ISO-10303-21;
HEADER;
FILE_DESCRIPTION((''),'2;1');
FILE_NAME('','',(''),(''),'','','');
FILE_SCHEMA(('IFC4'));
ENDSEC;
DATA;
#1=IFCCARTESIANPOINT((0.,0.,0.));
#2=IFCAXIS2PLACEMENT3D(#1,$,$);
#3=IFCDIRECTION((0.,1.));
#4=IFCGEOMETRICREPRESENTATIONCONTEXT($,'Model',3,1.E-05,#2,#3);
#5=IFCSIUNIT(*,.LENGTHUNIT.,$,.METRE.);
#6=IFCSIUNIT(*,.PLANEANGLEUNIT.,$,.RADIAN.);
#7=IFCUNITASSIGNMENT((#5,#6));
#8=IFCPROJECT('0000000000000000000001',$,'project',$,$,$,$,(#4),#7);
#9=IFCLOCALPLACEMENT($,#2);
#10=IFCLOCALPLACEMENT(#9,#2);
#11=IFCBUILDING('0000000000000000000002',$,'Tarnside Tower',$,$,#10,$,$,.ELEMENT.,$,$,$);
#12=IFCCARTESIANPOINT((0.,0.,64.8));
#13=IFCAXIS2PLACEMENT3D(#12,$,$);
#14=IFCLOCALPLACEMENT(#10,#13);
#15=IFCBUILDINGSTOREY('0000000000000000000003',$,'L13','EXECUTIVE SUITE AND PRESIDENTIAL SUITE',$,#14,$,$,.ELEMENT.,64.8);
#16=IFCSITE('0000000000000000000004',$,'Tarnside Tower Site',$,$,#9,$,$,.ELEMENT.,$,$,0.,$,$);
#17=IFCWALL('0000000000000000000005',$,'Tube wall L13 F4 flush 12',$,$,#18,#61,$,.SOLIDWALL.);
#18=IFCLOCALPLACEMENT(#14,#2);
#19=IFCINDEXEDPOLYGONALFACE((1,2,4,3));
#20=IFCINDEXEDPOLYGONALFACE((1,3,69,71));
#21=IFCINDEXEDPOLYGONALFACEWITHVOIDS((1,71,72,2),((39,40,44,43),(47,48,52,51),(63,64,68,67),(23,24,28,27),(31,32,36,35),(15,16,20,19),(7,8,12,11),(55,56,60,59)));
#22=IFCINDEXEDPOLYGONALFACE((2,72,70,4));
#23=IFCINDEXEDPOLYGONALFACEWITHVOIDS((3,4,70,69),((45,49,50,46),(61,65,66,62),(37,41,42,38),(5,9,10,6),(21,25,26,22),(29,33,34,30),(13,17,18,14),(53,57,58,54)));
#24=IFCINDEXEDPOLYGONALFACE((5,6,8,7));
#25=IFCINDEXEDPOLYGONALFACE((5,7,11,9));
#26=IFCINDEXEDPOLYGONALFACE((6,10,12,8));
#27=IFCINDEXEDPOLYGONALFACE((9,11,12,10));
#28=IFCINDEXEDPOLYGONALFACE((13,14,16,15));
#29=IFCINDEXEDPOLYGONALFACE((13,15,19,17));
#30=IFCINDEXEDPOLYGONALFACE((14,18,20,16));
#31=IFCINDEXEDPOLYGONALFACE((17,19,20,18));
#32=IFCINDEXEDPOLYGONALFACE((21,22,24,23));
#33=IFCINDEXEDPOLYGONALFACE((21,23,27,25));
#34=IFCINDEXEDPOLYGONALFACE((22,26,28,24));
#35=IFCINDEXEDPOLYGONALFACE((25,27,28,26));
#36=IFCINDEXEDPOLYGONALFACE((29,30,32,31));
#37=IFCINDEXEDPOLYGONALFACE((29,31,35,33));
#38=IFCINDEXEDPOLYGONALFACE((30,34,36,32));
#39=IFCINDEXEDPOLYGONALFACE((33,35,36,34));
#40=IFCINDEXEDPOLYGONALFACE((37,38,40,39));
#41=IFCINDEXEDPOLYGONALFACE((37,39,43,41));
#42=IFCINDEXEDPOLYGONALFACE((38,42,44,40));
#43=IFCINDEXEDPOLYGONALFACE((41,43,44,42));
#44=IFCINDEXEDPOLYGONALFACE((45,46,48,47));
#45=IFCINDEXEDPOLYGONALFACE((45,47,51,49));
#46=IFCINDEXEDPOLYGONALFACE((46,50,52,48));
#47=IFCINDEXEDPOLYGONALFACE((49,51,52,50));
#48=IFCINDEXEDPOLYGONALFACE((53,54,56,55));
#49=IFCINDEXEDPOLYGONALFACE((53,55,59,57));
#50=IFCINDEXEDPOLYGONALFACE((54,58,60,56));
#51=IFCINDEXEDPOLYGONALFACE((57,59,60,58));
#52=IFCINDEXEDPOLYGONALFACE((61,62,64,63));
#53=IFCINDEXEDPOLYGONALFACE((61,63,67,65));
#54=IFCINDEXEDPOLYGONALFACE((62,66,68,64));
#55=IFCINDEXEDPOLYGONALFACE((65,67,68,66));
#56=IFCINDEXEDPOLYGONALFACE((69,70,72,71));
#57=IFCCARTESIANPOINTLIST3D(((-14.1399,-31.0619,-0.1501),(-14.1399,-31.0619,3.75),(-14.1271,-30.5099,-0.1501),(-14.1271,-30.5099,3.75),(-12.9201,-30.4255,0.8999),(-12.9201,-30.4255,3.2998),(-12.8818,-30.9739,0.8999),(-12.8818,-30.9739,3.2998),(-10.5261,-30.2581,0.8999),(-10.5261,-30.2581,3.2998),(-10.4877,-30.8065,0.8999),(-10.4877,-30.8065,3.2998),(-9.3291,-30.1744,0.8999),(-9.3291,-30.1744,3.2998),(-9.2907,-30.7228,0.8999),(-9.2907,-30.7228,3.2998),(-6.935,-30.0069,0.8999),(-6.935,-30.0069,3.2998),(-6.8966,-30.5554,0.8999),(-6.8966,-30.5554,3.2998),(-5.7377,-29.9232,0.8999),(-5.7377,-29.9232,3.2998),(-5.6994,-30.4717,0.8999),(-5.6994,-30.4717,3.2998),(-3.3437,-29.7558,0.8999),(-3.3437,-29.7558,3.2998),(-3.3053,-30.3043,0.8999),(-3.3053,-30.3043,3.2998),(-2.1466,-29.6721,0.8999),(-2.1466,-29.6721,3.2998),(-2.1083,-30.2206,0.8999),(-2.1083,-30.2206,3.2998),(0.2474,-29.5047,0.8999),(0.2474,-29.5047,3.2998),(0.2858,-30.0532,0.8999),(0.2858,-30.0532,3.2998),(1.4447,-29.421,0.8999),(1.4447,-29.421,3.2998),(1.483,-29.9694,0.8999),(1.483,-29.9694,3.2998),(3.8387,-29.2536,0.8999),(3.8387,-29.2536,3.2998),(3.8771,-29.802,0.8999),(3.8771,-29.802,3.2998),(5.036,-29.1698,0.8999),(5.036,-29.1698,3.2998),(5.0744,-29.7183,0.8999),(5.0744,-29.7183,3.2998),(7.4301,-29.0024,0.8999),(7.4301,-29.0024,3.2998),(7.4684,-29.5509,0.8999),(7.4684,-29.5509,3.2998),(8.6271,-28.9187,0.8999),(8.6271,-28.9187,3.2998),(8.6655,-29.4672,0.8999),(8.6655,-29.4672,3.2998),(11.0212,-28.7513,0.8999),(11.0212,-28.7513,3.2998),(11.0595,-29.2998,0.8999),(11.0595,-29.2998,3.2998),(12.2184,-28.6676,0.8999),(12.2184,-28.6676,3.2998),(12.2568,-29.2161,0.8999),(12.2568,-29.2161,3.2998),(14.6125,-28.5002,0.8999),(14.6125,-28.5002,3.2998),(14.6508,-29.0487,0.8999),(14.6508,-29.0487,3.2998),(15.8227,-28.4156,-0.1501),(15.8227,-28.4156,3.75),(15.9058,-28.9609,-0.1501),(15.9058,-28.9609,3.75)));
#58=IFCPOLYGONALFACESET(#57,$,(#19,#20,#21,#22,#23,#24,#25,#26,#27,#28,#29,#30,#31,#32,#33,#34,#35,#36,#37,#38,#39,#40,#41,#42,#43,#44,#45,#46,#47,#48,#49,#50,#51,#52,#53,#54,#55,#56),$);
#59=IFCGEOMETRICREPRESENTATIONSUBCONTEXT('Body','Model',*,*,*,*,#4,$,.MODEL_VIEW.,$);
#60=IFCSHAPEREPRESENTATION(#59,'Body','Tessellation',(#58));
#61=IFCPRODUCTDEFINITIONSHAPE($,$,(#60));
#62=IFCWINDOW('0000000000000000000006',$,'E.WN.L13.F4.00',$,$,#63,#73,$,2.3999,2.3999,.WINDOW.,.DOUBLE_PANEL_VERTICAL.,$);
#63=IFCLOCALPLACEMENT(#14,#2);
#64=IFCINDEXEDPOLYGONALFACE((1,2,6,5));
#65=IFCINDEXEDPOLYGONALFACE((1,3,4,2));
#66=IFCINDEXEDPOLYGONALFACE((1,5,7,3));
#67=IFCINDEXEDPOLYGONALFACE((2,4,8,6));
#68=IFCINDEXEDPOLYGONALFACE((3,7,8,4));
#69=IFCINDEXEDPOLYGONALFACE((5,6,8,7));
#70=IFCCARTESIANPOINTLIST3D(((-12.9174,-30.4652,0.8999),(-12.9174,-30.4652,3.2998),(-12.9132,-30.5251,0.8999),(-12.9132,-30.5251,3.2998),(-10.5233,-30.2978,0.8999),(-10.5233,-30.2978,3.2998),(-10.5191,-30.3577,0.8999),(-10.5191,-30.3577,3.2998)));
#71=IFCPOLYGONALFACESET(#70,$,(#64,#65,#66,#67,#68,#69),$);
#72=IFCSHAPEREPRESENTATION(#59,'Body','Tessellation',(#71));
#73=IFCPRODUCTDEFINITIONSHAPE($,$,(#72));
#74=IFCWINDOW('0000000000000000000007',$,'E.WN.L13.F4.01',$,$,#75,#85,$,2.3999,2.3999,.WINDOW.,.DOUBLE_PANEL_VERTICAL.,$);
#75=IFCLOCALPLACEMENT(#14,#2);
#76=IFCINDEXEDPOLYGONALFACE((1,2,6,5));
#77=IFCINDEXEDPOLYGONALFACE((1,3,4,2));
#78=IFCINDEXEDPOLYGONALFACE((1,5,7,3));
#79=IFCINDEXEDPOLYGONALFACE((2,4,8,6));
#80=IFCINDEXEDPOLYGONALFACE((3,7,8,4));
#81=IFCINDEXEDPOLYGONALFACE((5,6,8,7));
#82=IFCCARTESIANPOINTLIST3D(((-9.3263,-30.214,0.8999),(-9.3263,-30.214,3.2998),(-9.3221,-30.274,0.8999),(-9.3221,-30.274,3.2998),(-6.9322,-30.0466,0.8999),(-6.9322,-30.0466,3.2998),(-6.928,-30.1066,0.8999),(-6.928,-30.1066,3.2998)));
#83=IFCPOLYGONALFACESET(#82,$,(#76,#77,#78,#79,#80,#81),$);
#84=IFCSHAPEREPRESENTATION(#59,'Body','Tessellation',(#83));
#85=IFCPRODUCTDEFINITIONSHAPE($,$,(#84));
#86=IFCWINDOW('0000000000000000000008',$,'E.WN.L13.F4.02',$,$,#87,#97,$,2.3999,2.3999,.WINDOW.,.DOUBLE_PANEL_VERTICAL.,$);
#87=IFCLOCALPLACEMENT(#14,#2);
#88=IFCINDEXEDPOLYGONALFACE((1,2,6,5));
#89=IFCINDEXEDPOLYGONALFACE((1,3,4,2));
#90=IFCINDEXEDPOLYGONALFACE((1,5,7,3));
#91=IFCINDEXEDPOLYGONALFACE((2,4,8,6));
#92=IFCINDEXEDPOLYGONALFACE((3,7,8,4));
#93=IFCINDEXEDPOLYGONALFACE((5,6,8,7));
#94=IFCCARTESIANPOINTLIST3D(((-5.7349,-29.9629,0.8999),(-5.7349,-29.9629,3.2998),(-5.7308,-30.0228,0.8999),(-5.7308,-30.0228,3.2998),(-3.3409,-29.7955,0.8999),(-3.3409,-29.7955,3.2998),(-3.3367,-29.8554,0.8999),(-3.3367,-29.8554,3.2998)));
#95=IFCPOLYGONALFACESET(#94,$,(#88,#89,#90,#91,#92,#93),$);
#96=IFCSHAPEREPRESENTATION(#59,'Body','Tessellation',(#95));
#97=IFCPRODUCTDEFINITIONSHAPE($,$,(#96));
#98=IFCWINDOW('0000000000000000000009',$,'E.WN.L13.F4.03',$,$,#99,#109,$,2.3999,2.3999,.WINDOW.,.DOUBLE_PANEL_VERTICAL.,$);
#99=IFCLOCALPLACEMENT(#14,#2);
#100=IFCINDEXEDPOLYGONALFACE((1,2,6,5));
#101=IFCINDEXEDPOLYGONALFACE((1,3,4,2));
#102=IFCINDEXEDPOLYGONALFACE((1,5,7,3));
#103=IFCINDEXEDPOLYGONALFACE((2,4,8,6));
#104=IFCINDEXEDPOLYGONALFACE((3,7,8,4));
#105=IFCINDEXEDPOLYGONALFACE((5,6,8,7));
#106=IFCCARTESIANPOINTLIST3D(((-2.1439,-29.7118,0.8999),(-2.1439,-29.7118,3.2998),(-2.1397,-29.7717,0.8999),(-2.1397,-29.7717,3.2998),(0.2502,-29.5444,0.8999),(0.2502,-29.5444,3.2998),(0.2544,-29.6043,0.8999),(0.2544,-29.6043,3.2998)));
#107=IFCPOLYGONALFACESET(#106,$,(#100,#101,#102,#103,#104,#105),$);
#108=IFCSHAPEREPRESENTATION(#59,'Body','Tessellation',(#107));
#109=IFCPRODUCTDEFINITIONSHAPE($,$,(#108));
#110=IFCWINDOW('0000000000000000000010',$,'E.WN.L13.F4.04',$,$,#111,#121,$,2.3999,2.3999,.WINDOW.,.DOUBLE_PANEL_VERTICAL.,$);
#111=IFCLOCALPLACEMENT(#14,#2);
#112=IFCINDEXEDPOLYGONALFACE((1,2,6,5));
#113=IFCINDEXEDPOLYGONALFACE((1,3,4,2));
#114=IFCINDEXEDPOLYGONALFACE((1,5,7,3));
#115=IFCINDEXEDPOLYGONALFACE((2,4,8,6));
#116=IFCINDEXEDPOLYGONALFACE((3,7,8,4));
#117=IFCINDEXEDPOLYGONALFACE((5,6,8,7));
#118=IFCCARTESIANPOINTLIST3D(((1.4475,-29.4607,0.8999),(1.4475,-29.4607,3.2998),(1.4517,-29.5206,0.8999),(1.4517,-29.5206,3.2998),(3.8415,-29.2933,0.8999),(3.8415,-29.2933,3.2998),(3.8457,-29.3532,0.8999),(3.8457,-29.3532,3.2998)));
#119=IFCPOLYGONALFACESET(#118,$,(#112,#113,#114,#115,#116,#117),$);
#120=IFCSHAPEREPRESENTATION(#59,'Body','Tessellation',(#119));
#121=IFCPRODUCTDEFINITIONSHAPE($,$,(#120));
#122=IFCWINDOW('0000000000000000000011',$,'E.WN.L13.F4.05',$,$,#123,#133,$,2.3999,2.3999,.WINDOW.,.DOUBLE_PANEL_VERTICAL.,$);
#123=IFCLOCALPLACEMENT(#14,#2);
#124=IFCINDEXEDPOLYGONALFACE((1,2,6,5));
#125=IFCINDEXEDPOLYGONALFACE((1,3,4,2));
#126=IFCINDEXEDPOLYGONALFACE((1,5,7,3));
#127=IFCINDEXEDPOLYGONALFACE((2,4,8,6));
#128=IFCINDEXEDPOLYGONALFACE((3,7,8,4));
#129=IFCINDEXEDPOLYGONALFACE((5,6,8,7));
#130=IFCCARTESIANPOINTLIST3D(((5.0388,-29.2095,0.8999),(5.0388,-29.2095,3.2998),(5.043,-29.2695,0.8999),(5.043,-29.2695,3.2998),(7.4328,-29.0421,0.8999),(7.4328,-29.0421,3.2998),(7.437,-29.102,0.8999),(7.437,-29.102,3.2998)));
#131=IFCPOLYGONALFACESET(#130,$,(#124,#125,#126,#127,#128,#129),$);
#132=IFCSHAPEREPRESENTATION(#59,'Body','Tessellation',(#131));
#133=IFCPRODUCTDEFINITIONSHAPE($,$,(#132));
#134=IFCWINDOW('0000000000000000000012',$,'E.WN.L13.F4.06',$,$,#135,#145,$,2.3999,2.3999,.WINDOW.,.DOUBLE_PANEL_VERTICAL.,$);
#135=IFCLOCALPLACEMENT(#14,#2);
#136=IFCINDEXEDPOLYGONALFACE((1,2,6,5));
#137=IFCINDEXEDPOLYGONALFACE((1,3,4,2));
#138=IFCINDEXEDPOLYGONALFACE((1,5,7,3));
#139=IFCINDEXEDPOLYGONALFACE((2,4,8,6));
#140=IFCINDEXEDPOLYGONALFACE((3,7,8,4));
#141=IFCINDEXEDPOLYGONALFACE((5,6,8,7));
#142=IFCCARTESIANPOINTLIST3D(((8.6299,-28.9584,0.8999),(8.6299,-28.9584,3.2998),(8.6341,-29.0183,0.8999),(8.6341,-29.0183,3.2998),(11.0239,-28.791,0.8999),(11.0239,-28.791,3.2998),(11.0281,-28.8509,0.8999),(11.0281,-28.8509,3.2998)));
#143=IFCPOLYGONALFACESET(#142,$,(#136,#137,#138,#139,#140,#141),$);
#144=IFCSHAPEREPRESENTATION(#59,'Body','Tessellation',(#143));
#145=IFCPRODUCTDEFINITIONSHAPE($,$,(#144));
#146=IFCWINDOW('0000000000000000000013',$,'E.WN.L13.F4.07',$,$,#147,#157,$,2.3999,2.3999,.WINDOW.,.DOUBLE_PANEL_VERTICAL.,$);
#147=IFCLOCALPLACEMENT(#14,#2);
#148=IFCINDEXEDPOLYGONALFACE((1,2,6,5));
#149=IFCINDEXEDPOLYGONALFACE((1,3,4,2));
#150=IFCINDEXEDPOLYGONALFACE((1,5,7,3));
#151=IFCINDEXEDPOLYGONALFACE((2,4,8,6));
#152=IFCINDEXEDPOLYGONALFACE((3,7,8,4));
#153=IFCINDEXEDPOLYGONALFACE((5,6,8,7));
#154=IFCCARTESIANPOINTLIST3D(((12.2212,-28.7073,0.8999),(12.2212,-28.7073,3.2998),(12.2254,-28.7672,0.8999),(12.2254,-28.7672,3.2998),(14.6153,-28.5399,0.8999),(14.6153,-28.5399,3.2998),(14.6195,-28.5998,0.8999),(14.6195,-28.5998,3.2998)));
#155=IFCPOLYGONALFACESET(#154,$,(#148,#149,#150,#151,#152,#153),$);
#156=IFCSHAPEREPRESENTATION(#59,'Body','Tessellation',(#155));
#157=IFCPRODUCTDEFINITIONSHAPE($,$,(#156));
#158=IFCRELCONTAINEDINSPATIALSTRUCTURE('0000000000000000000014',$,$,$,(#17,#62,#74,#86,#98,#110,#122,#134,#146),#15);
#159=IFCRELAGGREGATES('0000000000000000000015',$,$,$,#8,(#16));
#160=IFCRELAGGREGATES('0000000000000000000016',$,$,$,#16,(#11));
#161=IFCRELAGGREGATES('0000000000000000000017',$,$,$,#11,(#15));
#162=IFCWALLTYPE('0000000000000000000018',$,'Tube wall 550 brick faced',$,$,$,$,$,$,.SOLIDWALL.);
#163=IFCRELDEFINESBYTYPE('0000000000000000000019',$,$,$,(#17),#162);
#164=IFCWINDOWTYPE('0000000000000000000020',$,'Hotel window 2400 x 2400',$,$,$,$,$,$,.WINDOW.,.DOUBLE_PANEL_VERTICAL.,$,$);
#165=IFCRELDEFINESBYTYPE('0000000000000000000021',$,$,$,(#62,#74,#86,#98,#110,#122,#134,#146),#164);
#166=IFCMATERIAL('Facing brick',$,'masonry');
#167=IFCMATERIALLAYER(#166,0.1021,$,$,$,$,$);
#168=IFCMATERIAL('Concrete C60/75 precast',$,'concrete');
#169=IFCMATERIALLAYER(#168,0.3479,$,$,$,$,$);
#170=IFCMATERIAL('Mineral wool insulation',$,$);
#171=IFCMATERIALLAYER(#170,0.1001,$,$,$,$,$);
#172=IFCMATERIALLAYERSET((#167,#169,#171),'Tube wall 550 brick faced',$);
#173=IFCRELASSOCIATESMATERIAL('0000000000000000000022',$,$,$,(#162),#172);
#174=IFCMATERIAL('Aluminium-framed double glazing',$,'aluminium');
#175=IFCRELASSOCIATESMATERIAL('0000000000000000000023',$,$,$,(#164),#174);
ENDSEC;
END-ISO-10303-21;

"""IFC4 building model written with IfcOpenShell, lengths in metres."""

from ifc_helpers import new_model, si_unit, direction, frame, frame_2d, origin, place, context, subcontext, project, spatial, polyline, rectangle, outline, extrude, material, layer, layer_set, type_object, element, fill, save


model = new_model("IFC4")

# Units and contexts
model_context = context("Model", 3, precision=1e-05, world=origin(), true_north=direction((0.0, 1.0)))
body_context = subcontext(model_context, "Body", "Model", "MODEL_VIEW")
ifc_project = project(units=[si_unit("LENGTHUNIT", "METRE"), si_unit("PLANEANGLEUNIT", "RADIAN")], contexts=[model_context])

# Site, building, storey
site_placement = place(None, origin())
site = spatial("IfcSite", under=ifc_project, at=site_placement, Name="Tarnside Tower Site", CompositionType="ELEMENT", RefElevation=0.0)
building_placement = place(site_placement, origin())
building = spatial("IfcBuilding", under=site, at=building_placement, Name="Tarnside Tower", CompositionType="ELEMENT")
storey_placement = place(building_placement, frame((0.0, 0.0, 64.8)))
storey = spatial("IfcBuildingStorey", under=building, at=storey_placement, Name="L13", Description="EXECUTIVE SUITE AND PRESIDENTIAL SUITE", CompositionType="ELEMENT", Elevation=64.8)

# Shared definitions
ifc_material_1 = material(Name="Facing brick", Category="masonry")
ifc_layer_1 = layer(ifc_material_1, 0.1021)
ifc_material_2 = material(Name="Concrete C60/75 precast", Category="concrete")
ifc_layer_2 = layer(ifc_material_2, 0.3479)
ifc_material_3 = material(Name="Mineral wool insulation")
ifc_layer_3 = layer(ifc_material_3, 0.1001)
ifc_layer_set_1 = layer_set([ifc_layer_1, ifc_layer_2, ifc_layer_3], Name="Tube wall 550 brick faced")
wall_type_1 = type_object("IfcWallType", Name="Tube wall 550 brick faced", PredefinedType="SOLIDWALL", material=ifc_layer_set_1)

# Wall, openings, windows
wall_1_placement = place(storey_placement, frame((-14.1335, -30.7859, -0.1501), z_axis=(0.0, 0.0, 1.0), x_axis=(0.997564, 0.069757, 0.0)))
wall_1 = element("IfcWall", 1, at=wall_1_placement, inside=storey, type_object=wall_type_1, Name="Tube wall L13 F4 flush 12", PredefinedType="SOLIDWALL", context=body_context, shape_type="SweptSolid", body=[
    extrude(outline(polyline([(-0.0256, -0.2749), (30.0935, -0.2749), (30.0486, 0.2749), (0.0256, 0.2749), (-0.0256, -0.2749)])), origin(), (0.0, 0.0, 1.0), 3.9001),
])
opening_1_placement = place(wall_1_placement, frame((1.2356, 0.0, 1.05)))
opening_1 = element("IfcOpeningElement", 2, at=opening_1_placement, cuts=wall_1, PredefinedType="OPENING", context=body_context, shape_type="SweptSolid", body=[
    extrude(rectangle(XDim=2.3999, YDim=2.3999, at=frame_2d((1.2, 1.2))), frame((0.0, 0.2852, 0.0), z_axis=(0.0, -1.0, 0.0), x_axis=(1.0, 0.0, 0.0)), (0.0, 0.0, 1.0), 0.5701),
])
opening_2_placement = place(wall_1_placement, frame((4.8354, 0.0, 1.05)))
opening_2 = element("IfcOpeningElement", 3, at=opening_2_placement, cuts=wall_1, PredefinedType="OPENING", context=body_context, shape_type="SweptSolid", body=[
    extrude(rectangle(XDim=2.3999, YDim=2.3999, at=frame_2d((1.2, 1.2))), frame((0.0, 0.2852, 0.0), z_axis=(0.0, -1.0, 0.0), x_axis=(1.0, 0.0, 0.0)), (0.0, 0.0, 1.0), 0.5701),
])
opening_3_placement = place(wall_1_placement, frame((8.4355, 0.0, 1.05)))
opening_3 = element("IfcOpeningElement", 4, at=opening_3_placement, cuts=wall_1, PredefinedType="OPENING", context=body_context, shape_type="SweptSolid", body=[
    extrude(rectangle(XDim=2.3999, YDim=2.3999, at=frame_2d((1.2, 1.2))), frame((0.0, 0.2852, 0.0), z_axis=(0.0, -1.0, 0.0), x_axis=(1.0, 0.0, 0.0)), (0.0, 0.0, 1.0), 0.5701),
])
opening_4_placement = place(wall_1_placement, frame((12.0354, 0.0, 1.05)))
opening_4 = element("IfcOpeningElement", 5, at=opening_4_placement, cuts=wall_1, PredefinedType="OPENING", context=body_context, shape_type="SweptSolid", body=[
    extrude(rectangle(XDim=2.3999, YDim=2.3999, at=frame_2d((1.2, 1.2))), frame((0.0, 0.2852, 0.0), z_axis=(0.0, -1.0, 0.0), x_axis=(1.0, 0.0, 0.0)), (0.0, 0.0, 1.0), 0.5701),
])
opening_5_placement = place(wall_1_placement, frame((15.6355, 0.0, 1.05)))
opening_5 = element("IfcOpeningElement", 6, at=opening_5_placement, cuts=wall_1, PredefinedType="OPENING", context=body_context, shape_type="SweptSolid", body=[
    extrude(rectangle(XDim=2.3999, YDim=2.3999, at=frame_2d((1.2, 1.2))), frame((0.0, 0.2852, 0.0), z_axis=(0.0, -1.0, 0.0), x_axis=(1.0, 0.0, 0.0)), (0.0, 0.0, 1.0), 0.5701),
])
opening_6_placement = place(wall_1_placement, frame((19.2356, 0.0, 1.05)))
opening_6 = element("IfcOpeningElement", 7, at=opening_6_placement, cuts=wall_1, PredefinedType="OPENING", context=body_context, shape_type="SweptSolid", body=[
    extrude(rectangle(XDim=2.3999, YDim=2.3999, at=frame_2d((1.2, 1.2))), frame((0.0, 0.2852, 0.0), z_axis=(0.0, -1.0, 0.0), x_axis=(1.0, 0.0, 0.0)), (0.0, 0.0, 1.0), 0.5701),
])
opening_7_placement = place(wall_1_placement, frame((22.8354, 0.0, 1.05)))
opening_7 = element("IfcOpeningElement", 8, at=opening_7_placement, cuts=wall_1, PredefinedType="OPENING", context=body_context, shape_type="SweptSolid", body=[
    extrude(rectangle(XDim=2.3999, YDim=2.3999, at=frame_2d((1.2, 1.2))), frame((0.0, 0.2852, 0.0), z_axis=(0.0, -1.0, 0.0), x_axis=(1.0, 0.0, 0.0)), (0.0, 0.0, 1.0), 0.5701),
])
opening_8_placement = place(wall_1_placement, frame((26.4355, 0.0, 1.05)))
opening_8 = element("IfcOpeningElement", 9, at=opening_8_placement, cuts=wall_1, PredefinedType="OPENING", context=body_context, shape_type="SweptSolid", body=[
    extrude(rectangle(XDim=2.3999, YDim=2.3999, at=frame_2d((1.2, 1.2))), frame((0.0, 0.2852, 0.0), z_axis=(0.0, -1.0, 0.0), x_axis=(1.0, 0.0, 0.0)), (0.0, 0.0, 1.0), 0.5701),
])
ifc_material_4 = material(Name="Aluminium-framed double glazing", Category="aluminium")
window_type = type_object("IfcWindowType", Name="Hotel window 2400 x 2400", PartitioningType="DOUBLE_PANEL_VERTICAL", PredefinedType="WINDOW", material=ifc_material_4)
window_1_placement = place(opening_1_placement, frame((0.0, 0.2051, 0.0)))
window_1 = element("IfcWindow", 10, at=window_1_placement, inside=storey, type_object=window_type, Name="E.WN.L13.F4.00", OverallHeight=2.3999, OverallWidth=2.3999, PartitioningType="DOUBLE_PANEL_VERTICAL", PredefinedType="WINDOW", context=body_context, shape_type="SweptSolid", body=[
    extrude(rectangle(XDim=2.3999, YDim=2.3999, at=frame_2d((1.2, 1.2))), frame((0.0, 0.03, 0.0), z_axis=(0.0, -1.0, 0.0), x_axis=(1.0, 0.0, 0.0)), (0.0, 0.0, 1.0), 0.0601),
])
fill(opening_1, window_1)
window_2_placement = place(opening_2_placement, frame((0.0, 0.2051, 0.0)))
window_2 = element("IfcWindow", 11, at=window_2_placement, inside=storey, type_object=window_type, Name="E.WN.L13.F4.01", OverallHeight=2.3999, OverallWidth=2.3999, PartitioningType="DOUBLE_PANEL_VERTICAL", PredefinedType="WINDOW", context=body_context, shape_type="SweptSolid", body=[
    extrude(rectangle(XDim=2.3999, YDim=2.3999, at=frame_2d((1.2, 1.2))), frame((0.0, 0.03, 0.0), z_axis=(0.0, -1.0, 0.0), x_axis=(1.0, 0.0, 0.0)), (0.0, 0.0, 1.0), 0.0601),
])
fill(opening_2, window_2)
window_3_placement = place(opening_3_placement, frame((0.0, 0.2051, 0.0)))
window_3 = element("IfcWindow", 12, at=window_3_placement, inside=storey, type_object=window_type, Name="E.WN.L13.F4.02", OverallHeight=2.3999, OverallWidth=2.3999, PartitioningType="DOUBLE_PANEL_VERTICAL", PredefinedType="WINDOW", context=body_context, shape_type="SweptSolid", body=[
    extrude(rectangle(XDim=2.3999, YDim=2.3999, at=frame_2d((1.2, 1.2))), frame((0.0, 0.03, 0.0), z_axis=(0.0, -1.0, 0.0), x_axis=(1.0, 0.0, 0.0)), (0.0, 0.0, 1.0), 0.0601),
])
fill(opening_3, window_3)
window_4_placement = place(opening_4_placement, frame((0.0, 0.2051, 0.0)))
window_4 = element("IfcWindow", 13, at=window_4_placement, inside=storey, type_object=window_type, Name="E.WN.L13.F4.03", OverallHeight=2.3999, OverallWidth=2.3999, PartitioningType="DOUBLE_PANEL_VERTICAL", PredefinedType="WINDOW", context=body_context, shape_type="SweptSolid", body=[
    extrude(rectangle(XDim=2.3999, YDim=2.3999, at=frame_2d((1.2, 1.2))), frame((0.0, 0.03, 0.0), z_axis=(0.0, -1.0, 0.0), x_axis=(1.0, 0.0, 0.0)), (0.0, 0.0, 1.0), 0.0601),
])
fill(opening_4, window_4)
window_5_placement = place(opening_5_placement, frame((0.0, 0.2051, 0.0)))
window_5 = element("IfcWindow", 14, at=window_5_placement, inside=storey, type_object=window_type, Name="E.WN.L13.F4.04", OverallHeight=2.3999, OverallWidth=2.3999, PartitioningType="DOUBLE_PANEL_VERTICAL", PredefinedType="WINDOW", context=body_context, shape_type="SweptSolid", body=[
    extrude(rectangle(XDim=2.3999, YDim=2.3999, at=frame_2d((1.2, 1.2))), frame((0.0, 0.03, 0.0), z_axis=(0.0, -1.0, 0.0), x_axis=(1.0, 0.0, 0.0)), (0.0, 0.0, 1.0), 0.0601),
])
fill(opening_5, window_5)
window_6_placement = place(opening_6_placement, frame((0.0, 0.2051, 0.0)))
window_6 = element("IfcWindow", 15, at=window_6_placement, inside=storey, type_object=window_type, Name="E.WN.L13.F4.05", OverallHeight=2.3999, OverallWidth=2.3999, PartitioningType="DOUBLE_PANEL_VERTICAL", PredefinedType="WINDOW", context=body_context, shape_type="SweptSolid", body=[
    extrude(rectangle(XDim=2.3999, YDim=2.3999, at=frame_2d((1.2, 1.2))), frame((0.0, 0.03, 0.0), z_axis=(0.0, -1.0, 0.0), x_axis=(1.0, 0.0, 0.0)), (0.0, 0.0, 1.0), 0.0601),
])
fill(opening_6, window_6)
window_7_placement = place(opening_7_placement, frame((0.0, 0.2051, 0.0)))
window_7 = element("IfcWindow", 16, at=window_7_placement, inside=storey, type_object=window_type, Name="E.WN.L13.F4.06", OverallHeight=2.3999, OverallWidth=2.3999, PartitioningType="DOUBLE_PANEL_VERTICAL", PredefinedType="WINDOW", context=body_context, shape_type="SweptSolid", body=[
    extrude(rectangle(XDim=2.3999, YDim=2.3999, at=frame_2d((1.2, 1.2))), frame((0.0, 0.03, 0.0), z_axis=(0.0, -1.0, 0.0), x_axis=(1.0, 0.0, 0.0)), (0.0, 0.0, 1.0), 0.0601),
])
fill(opening_7, window_7)
window_8_placement = place(opening_8_placement, frame((0.0, 0.2051, 0.0)))
window_8 = element("IfcWindow", 17, at=window_8_placement, inside=storey, type_object=window_type, Name="E.WN.L13.F4.07", OverallHeight=2.3999, OverallWidth=2.3999, PartitioningType="DOUBLE_PANEL_VERTICAL", PredefinedType="WINDOW", context=body_context, shape_type="SweptSolid", body=[
    extrude(rectangle(XDim=2.3999, YDim=2.3999, at=frame_2d((1.2, 1.2))), frame((0.0, 0.03, 0.0), z_axis=(0.0, -1.0, 0.0), x_axis=(1.0, 0.0, 0.0)), (0.0, 0.0, 1.0), 0.0601),
])
fill(opening_8, window_8)

save(model, "model.ifc")
